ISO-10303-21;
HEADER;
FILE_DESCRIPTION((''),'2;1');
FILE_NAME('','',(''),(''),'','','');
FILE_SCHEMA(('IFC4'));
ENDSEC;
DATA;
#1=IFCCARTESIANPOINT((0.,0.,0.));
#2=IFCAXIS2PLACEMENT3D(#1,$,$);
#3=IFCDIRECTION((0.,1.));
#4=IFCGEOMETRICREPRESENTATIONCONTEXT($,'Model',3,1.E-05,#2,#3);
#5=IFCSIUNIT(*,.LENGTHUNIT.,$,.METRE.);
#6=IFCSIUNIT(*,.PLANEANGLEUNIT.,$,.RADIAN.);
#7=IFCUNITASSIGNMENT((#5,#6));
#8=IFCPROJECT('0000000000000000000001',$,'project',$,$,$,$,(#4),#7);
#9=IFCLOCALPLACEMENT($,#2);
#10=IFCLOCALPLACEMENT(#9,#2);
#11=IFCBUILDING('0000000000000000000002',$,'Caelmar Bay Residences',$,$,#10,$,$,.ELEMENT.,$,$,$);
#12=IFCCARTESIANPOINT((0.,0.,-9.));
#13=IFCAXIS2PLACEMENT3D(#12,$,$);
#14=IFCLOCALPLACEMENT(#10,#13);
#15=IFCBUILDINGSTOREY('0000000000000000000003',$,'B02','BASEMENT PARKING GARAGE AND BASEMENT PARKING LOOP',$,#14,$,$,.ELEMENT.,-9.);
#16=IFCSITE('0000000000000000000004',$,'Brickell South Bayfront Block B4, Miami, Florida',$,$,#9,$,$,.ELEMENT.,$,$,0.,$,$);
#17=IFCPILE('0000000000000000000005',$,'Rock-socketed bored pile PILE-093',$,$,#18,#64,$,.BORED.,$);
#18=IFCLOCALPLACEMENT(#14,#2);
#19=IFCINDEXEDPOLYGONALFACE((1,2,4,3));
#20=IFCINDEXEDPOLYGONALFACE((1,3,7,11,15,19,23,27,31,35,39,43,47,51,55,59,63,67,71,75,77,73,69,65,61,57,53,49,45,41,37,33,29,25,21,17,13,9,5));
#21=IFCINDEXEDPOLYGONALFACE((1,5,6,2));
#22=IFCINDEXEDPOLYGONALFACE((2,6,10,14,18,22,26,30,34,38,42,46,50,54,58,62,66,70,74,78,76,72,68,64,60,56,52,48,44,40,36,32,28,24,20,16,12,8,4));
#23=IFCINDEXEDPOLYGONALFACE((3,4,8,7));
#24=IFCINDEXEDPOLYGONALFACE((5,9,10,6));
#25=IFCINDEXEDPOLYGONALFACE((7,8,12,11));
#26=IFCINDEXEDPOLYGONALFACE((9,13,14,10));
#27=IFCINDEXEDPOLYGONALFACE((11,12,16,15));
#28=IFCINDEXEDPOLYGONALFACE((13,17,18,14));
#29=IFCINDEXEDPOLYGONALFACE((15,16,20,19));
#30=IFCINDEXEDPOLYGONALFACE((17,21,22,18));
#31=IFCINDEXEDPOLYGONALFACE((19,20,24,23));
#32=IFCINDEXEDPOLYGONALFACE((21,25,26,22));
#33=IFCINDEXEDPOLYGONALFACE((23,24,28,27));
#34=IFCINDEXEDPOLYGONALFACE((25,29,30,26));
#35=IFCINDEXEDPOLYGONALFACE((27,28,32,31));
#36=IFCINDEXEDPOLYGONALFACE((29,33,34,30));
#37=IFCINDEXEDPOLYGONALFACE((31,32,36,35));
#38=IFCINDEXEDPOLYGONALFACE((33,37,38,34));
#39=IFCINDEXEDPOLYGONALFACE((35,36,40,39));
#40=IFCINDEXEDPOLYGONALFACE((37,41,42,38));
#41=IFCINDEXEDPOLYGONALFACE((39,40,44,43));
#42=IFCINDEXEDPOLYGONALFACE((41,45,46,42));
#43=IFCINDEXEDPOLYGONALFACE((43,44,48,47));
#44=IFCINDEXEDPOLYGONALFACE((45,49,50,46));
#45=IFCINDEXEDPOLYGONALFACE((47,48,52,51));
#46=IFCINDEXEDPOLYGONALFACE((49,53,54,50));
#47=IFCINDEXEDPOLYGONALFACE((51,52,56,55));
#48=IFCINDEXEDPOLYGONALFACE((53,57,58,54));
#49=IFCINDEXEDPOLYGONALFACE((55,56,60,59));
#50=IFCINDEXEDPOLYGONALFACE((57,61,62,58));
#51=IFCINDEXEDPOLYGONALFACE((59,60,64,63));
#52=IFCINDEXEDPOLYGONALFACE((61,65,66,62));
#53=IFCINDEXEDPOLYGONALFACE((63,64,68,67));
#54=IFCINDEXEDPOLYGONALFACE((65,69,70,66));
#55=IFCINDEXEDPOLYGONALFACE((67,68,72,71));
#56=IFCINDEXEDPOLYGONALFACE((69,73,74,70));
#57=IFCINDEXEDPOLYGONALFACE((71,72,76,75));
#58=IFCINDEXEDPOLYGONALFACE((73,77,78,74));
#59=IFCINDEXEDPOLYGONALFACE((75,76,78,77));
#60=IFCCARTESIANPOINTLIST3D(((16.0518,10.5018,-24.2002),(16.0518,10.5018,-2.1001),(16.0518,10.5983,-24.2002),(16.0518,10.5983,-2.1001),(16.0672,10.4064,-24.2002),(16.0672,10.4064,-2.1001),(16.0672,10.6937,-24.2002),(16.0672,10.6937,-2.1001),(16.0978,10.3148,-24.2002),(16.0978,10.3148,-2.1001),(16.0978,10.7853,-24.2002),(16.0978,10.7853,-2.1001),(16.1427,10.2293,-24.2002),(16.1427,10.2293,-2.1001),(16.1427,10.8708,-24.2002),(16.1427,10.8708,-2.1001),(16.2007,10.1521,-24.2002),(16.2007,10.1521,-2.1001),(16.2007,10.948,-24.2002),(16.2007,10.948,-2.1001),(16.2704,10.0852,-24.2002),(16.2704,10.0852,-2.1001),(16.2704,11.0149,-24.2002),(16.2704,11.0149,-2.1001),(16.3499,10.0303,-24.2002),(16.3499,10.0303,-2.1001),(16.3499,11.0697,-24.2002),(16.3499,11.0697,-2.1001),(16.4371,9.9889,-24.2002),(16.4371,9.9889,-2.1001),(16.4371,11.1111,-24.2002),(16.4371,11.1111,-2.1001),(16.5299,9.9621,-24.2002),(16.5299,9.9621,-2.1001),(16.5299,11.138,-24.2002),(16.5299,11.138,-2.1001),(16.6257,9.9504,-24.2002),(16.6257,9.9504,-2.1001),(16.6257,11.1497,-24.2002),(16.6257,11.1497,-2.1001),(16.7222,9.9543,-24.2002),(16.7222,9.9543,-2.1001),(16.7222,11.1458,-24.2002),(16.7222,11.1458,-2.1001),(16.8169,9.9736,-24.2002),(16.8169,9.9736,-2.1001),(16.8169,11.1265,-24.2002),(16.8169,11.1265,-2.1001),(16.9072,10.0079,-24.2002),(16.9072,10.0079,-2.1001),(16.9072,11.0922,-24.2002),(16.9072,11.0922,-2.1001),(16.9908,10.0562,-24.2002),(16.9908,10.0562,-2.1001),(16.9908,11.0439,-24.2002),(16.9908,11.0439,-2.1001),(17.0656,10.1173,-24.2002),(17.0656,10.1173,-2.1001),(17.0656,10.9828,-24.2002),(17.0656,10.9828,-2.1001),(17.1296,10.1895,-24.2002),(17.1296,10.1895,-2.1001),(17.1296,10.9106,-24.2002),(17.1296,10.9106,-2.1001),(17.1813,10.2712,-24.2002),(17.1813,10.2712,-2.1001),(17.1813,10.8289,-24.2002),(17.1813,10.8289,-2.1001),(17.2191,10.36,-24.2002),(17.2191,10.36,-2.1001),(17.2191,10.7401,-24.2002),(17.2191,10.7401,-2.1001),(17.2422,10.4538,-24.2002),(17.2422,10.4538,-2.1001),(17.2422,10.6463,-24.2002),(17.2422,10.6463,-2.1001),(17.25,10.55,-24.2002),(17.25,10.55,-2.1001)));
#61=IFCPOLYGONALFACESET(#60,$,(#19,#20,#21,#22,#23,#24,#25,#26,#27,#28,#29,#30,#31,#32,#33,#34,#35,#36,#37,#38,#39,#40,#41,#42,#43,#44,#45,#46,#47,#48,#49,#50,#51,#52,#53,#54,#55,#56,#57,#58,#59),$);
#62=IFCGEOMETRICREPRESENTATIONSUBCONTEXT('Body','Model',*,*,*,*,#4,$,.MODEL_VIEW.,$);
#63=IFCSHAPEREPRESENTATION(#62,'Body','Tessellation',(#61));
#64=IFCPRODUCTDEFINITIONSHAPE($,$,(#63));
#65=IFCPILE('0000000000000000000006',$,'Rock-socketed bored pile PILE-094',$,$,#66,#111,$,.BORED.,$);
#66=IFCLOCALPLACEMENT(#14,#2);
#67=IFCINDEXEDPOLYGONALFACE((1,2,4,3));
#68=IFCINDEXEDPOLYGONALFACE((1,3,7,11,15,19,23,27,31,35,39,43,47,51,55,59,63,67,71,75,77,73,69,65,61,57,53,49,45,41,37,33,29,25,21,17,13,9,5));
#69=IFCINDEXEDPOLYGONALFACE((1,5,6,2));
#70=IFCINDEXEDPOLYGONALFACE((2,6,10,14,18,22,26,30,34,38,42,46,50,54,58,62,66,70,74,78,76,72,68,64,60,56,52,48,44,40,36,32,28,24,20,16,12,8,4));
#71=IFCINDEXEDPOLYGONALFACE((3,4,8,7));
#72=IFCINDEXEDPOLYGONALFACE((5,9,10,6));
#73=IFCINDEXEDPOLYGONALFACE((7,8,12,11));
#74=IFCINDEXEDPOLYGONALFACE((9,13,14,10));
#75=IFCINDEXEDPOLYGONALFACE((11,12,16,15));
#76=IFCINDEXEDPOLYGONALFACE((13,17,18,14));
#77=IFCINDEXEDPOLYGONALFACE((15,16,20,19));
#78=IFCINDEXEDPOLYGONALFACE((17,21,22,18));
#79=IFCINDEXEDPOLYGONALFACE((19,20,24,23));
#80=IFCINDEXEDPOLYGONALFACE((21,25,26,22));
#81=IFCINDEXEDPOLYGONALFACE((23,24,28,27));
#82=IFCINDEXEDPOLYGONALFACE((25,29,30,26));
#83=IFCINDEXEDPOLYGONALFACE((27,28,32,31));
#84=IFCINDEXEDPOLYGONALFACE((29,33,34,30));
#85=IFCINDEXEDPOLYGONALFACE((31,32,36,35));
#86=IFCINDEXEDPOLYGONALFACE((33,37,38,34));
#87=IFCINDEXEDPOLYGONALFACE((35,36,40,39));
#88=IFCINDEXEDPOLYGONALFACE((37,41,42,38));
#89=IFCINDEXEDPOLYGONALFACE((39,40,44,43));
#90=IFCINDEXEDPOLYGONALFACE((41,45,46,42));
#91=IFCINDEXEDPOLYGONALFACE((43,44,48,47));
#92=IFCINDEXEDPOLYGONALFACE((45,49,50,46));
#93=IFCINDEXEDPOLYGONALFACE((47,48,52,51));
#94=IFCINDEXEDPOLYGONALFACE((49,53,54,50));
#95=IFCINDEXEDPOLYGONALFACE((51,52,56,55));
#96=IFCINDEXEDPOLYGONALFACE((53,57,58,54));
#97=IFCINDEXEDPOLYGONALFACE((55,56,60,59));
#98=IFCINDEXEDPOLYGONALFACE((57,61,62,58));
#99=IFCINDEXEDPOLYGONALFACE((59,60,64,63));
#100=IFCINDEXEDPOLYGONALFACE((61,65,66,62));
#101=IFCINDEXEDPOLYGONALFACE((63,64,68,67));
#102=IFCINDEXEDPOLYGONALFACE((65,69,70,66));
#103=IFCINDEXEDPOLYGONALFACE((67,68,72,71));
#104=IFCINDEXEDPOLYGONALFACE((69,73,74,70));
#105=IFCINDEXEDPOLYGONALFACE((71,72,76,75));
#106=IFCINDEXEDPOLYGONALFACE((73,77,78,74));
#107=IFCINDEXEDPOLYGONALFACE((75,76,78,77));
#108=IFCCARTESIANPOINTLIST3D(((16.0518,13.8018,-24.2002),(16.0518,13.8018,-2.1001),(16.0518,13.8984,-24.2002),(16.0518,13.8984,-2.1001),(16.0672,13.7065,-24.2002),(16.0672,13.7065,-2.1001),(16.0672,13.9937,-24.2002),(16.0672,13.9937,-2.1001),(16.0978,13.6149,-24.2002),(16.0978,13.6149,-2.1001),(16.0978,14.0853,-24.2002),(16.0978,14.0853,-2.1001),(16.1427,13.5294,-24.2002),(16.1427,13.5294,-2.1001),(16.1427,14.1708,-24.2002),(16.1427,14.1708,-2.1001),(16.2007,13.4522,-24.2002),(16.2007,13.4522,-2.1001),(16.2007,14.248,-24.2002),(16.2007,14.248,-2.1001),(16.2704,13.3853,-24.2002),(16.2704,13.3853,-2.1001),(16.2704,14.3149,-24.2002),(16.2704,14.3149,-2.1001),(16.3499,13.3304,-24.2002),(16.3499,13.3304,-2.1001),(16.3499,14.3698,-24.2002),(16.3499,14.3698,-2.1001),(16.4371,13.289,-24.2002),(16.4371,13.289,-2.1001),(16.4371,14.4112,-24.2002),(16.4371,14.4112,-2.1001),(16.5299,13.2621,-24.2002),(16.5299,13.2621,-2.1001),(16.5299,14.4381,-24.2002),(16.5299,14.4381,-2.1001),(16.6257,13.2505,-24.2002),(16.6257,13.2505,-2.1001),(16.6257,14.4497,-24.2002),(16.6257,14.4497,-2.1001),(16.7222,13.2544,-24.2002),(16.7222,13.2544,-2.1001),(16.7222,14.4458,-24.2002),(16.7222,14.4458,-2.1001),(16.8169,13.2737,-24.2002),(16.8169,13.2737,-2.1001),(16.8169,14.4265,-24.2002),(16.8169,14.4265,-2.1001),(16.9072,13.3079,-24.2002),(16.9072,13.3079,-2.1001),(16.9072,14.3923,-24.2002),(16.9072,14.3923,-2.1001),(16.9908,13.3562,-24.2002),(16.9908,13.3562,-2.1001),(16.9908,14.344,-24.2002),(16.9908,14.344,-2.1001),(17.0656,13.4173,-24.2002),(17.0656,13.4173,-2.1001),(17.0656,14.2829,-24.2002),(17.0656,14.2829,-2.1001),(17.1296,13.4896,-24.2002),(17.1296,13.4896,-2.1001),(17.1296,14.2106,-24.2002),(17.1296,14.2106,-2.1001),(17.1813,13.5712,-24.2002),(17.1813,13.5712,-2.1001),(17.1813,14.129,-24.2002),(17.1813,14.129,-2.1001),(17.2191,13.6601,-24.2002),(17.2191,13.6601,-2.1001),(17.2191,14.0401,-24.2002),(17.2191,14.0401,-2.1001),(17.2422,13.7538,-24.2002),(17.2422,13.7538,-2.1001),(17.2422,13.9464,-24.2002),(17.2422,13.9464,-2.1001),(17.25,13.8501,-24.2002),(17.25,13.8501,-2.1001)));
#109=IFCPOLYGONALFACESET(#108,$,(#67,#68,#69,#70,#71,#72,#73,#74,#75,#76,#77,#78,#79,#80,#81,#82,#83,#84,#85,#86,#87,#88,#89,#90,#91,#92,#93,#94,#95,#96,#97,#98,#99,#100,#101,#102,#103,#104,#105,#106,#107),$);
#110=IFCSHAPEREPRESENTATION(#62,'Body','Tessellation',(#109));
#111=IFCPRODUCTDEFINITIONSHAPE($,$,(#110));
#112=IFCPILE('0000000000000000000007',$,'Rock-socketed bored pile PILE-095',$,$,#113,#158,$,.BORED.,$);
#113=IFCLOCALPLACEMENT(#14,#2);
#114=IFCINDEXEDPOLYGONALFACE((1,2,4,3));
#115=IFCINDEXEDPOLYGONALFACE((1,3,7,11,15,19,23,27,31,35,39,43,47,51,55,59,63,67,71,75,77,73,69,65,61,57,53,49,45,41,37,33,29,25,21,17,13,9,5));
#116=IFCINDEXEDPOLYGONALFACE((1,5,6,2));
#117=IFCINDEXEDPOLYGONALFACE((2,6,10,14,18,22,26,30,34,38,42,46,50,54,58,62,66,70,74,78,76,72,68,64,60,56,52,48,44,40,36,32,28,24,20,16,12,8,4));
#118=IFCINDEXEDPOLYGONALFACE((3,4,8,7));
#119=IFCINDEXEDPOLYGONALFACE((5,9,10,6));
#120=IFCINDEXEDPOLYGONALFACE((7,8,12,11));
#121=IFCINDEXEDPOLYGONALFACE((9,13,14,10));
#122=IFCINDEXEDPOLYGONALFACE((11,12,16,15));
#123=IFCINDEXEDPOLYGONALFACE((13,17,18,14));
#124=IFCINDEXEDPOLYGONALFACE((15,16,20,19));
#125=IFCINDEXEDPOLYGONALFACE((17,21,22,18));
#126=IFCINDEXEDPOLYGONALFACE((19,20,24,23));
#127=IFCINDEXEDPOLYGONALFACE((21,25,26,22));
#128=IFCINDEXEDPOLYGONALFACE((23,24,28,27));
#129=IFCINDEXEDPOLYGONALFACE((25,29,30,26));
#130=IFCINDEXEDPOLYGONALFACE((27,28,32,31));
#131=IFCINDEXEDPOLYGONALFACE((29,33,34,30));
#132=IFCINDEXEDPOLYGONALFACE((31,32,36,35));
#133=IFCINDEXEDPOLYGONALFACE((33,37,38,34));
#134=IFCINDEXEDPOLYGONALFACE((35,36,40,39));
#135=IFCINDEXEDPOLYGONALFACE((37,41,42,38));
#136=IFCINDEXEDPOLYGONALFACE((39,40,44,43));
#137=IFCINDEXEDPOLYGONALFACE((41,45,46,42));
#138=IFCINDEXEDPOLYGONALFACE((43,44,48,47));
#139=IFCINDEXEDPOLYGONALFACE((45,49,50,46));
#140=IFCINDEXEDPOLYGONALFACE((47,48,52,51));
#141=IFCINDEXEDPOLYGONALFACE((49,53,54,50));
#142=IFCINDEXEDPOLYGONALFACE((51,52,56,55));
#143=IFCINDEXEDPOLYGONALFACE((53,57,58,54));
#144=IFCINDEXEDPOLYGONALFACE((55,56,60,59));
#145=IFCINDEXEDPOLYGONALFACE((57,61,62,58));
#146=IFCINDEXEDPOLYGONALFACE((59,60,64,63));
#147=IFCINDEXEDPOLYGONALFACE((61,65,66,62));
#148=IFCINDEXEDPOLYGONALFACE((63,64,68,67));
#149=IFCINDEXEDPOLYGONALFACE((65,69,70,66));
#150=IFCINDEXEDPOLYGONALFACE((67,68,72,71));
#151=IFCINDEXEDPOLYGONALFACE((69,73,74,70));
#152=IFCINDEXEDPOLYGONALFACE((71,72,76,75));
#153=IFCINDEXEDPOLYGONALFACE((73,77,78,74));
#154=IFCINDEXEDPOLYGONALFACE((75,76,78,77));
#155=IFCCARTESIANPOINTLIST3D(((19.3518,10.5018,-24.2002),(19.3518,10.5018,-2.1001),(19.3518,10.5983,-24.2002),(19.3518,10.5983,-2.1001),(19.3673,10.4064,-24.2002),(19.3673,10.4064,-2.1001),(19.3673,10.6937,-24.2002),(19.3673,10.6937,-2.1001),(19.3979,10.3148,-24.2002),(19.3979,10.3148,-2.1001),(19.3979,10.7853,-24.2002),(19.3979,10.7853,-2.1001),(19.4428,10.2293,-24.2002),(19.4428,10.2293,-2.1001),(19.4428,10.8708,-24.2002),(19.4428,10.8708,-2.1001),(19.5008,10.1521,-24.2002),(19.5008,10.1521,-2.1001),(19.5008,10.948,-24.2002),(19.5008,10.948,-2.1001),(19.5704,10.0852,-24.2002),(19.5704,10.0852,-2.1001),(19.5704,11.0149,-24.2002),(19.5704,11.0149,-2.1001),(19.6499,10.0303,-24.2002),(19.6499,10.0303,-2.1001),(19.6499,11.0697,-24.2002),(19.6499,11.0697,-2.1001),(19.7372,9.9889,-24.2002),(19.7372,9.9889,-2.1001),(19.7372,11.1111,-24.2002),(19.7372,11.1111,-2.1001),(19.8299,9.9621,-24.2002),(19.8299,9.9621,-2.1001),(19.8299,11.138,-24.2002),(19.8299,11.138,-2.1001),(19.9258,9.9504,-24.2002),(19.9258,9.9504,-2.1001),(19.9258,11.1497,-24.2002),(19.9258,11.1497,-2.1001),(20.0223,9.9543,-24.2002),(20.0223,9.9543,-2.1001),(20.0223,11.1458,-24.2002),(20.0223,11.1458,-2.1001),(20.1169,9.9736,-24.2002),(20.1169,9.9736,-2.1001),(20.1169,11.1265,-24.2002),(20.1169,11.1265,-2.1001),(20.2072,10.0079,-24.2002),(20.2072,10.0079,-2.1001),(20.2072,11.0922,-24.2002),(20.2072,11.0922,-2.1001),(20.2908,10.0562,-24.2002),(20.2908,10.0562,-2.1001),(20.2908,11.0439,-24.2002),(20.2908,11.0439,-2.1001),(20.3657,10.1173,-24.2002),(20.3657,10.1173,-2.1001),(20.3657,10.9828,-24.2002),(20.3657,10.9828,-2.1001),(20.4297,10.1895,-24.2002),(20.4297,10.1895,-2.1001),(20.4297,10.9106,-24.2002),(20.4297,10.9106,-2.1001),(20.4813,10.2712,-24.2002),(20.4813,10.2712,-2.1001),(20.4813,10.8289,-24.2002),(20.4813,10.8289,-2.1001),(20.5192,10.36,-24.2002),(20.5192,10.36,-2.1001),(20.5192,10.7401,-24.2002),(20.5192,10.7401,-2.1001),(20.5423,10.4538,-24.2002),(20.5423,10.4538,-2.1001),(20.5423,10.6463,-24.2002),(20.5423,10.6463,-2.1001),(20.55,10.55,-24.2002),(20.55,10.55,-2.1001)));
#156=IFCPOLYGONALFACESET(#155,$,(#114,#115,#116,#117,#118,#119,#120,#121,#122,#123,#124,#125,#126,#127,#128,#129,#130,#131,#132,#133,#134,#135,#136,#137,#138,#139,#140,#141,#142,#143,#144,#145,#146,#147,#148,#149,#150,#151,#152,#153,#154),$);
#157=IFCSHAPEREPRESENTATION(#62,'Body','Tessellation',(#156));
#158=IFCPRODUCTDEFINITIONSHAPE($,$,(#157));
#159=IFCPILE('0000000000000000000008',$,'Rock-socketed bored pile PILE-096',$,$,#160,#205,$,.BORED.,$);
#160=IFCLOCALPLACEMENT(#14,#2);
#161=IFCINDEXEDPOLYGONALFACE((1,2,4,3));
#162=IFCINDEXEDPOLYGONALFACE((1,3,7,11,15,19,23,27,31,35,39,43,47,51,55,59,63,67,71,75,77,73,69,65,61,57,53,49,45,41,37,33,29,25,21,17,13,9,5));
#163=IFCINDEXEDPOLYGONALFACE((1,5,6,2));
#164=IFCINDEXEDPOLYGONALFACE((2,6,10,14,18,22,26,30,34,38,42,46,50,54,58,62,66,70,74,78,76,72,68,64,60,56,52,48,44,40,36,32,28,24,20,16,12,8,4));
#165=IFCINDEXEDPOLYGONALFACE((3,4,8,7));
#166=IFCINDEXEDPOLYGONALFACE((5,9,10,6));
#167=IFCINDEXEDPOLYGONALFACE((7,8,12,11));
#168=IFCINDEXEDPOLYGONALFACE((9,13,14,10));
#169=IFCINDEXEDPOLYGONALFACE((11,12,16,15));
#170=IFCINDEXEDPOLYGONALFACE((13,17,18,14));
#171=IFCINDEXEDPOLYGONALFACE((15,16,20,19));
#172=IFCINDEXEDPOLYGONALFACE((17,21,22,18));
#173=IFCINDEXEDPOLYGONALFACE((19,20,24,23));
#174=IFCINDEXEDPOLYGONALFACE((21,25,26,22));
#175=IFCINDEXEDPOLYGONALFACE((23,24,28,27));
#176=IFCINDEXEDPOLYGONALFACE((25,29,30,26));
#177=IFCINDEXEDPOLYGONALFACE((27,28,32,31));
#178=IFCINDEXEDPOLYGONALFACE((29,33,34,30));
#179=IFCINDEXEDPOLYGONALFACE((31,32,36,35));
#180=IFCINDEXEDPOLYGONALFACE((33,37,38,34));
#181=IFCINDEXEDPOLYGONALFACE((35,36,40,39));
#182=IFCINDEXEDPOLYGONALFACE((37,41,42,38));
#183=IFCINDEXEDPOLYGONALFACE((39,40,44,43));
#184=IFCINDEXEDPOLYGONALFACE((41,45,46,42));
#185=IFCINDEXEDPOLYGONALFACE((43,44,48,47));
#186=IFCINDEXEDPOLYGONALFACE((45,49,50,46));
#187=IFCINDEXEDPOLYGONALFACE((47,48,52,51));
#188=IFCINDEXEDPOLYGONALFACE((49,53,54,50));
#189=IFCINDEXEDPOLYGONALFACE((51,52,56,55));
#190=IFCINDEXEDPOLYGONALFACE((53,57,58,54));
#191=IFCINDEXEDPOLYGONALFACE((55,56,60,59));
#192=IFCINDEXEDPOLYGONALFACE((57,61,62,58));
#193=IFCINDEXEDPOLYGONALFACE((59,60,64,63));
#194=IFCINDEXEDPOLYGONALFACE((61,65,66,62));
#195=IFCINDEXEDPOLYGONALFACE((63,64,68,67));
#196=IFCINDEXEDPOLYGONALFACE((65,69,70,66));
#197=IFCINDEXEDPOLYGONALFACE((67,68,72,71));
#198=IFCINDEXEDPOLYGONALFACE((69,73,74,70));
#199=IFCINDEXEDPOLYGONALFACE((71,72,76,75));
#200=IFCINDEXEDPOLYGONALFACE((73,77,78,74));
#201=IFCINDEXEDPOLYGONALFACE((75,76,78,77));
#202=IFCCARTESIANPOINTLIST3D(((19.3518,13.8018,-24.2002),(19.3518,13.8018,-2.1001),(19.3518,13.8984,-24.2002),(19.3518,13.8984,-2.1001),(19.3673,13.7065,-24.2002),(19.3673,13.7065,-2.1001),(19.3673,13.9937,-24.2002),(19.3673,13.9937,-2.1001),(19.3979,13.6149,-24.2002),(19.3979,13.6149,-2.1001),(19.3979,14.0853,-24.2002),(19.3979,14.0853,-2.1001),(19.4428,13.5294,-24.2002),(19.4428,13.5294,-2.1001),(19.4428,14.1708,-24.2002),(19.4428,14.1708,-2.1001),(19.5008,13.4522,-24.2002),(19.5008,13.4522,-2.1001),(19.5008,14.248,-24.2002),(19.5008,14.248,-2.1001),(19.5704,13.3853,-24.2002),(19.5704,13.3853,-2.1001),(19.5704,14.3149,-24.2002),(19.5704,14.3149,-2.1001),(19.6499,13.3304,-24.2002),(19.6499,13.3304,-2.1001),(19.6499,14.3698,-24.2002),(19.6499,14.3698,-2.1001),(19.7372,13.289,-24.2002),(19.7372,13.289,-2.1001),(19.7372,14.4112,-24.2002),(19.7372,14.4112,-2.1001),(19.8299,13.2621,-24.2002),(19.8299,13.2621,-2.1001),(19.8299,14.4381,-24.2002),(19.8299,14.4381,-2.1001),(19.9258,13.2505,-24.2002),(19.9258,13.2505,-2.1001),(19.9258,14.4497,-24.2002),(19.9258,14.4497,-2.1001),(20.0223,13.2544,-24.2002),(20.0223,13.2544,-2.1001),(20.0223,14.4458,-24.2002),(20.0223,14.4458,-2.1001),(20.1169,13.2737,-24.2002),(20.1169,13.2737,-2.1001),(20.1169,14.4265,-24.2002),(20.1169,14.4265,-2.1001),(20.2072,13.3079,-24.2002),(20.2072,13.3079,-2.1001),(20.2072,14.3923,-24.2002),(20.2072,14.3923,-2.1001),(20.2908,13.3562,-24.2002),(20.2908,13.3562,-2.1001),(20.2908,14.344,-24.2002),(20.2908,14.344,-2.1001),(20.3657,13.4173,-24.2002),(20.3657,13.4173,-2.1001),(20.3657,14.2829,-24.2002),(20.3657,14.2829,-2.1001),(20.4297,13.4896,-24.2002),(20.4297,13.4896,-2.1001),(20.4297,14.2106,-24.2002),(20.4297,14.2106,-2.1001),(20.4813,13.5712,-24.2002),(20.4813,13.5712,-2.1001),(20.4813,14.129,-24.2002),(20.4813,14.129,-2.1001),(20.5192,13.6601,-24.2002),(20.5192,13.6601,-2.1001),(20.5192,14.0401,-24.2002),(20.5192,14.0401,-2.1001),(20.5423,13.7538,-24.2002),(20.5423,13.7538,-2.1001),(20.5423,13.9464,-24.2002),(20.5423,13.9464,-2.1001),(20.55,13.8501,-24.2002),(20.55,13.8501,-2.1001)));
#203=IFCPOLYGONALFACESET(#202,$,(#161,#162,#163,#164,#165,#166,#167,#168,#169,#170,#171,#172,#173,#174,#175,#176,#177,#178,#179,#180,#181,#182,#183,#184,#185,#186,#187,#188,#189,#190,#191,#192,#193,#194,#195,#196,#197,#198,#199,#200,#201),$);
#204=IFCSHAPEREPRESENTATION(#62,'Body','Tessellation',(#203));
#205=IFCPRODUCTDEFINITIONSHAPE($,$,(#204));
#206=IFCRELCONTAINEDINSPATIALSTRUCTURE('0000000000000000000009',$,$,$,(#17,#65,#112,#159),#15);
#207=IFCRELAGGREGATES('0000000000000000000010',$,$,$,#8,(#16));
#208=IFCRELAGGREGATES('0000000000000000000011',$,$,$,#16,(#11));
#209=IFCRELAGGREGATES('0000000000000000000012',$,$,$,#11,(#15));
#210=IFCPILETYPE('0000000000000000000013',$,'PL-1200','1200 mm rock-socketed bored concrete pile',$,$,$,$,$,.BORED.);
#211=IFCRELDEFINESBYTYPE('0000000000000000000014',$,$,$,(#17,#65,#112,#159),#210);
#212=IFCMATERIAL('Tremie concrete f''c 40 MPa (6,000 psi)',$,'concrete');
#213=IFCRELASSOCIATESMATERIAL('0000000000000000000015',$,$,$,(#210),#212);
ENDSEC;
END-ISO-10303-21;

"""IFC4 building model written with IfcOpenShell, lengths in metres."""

from ifc_helpers import new_model, si_unit, direction, frame, origin, origin_2d, place, context, subcontext, project, spatial, circle, extrude, material, material_profile, profile_set, type_object, element, save


model = new_model("IFC4")

# Units and contexts
model_context = context("Model", 3, precision=1e-05, world=origin(), true_north=direction((0.0, 1.0)))
body_context = subcontext(model_context, "Body", "Model", "MODEL_VIEW")
ifc_project = project(units=[si_unit("LENGTHUNIT", "METRE"), si_unit("PLANEANGLEUNIT", "RADIAN")], contexts=[model_context])

# Site, building, storey
site_placement = place(None, origin())
site = spatial("IfcSite", under=ifc_project, at=site_placement, Name="Brickell South Bayfront Block B4, Miami, Florida", CompositionType="ELEMENT", RefElevation=0.0)
building_placement = place(site_placement, origin())
building = spatial("IfcBuilding", under=site, at=building_placement, Name="Caelmar Bay Residences", CompositionType="ELEMENT")
storey_placement = place(building_placement, frame((0.0, 0.0, -9.0)))
storey = spatial("IfcBuildingStorey", under=building, at=storey_placement, Name="B02", Description="BASEMENT PARKING GARAGE AND BASEMENT PARKING LOOP", CompositionType="ELEMENT", Elevation=-9.0)

# Piles
ifc_material_1 = material(Name="Tremie concrete f'c 40 MPa (6,000 psi)", Category="concrete")
ifc_material_profile_1 = material_profile(ifc_material_1, circle(Radius=0.6001, at=origin_2d()), Name="PILE-1200D")
ifc_profile_set_1 = profile_set([ifc_material_profile_1], Name="Tremie concrete f'c 40 MPa (6,000 psi)")
pile_type = type_object("IfcPileType", Name="PL-1200", Description="1200 mm rock-socketed bored concrete pile", PredefinedType="BORED", material=ifc_profile_set_1)
for number, where, z_axis, x_axis, name in (
    (1, (16.6499, 10.55, -2.1001), (0.0, 0.0, -1.0), (1.0, 0.0, 0.0), "Rock-socketed bored pile PILE-093"),
    (2, (16.6499, 13.8501, -2.1001), (0.0, 0.0, -1.0), (1.0, 0.0, 0.0), "Rock-socketed bored pile PILE-094"),
    (3, (19.95, 10.55, -2.1001), (0.0, 0.0, -1.0), (1.0, 0.0, 0.0), "Rock-socketed bored pile PILE-095"),
    (4, (19.95, 13.8501, -2.1001), (0.0, 0.0, -1.0), (1.0, 0.0, 0.0), "Rock-socketed bored pile PILE-096"),
):
    element("IfcPile", number, at=place(storey_placement, frame(where, z_axis=z_axis, x_axis=x_axis)), inside=storey, type_object=pile_type, Name=name, PredefinedType="BORED", context=body_context, shape_type="SweptSolid", body=[
        extrude(circle(Radius=0.6001, at=origin_2d()), origin(), (0.0, 0.0, 1.0), 22.1001),
    ])

save(model, "model.ifc")
